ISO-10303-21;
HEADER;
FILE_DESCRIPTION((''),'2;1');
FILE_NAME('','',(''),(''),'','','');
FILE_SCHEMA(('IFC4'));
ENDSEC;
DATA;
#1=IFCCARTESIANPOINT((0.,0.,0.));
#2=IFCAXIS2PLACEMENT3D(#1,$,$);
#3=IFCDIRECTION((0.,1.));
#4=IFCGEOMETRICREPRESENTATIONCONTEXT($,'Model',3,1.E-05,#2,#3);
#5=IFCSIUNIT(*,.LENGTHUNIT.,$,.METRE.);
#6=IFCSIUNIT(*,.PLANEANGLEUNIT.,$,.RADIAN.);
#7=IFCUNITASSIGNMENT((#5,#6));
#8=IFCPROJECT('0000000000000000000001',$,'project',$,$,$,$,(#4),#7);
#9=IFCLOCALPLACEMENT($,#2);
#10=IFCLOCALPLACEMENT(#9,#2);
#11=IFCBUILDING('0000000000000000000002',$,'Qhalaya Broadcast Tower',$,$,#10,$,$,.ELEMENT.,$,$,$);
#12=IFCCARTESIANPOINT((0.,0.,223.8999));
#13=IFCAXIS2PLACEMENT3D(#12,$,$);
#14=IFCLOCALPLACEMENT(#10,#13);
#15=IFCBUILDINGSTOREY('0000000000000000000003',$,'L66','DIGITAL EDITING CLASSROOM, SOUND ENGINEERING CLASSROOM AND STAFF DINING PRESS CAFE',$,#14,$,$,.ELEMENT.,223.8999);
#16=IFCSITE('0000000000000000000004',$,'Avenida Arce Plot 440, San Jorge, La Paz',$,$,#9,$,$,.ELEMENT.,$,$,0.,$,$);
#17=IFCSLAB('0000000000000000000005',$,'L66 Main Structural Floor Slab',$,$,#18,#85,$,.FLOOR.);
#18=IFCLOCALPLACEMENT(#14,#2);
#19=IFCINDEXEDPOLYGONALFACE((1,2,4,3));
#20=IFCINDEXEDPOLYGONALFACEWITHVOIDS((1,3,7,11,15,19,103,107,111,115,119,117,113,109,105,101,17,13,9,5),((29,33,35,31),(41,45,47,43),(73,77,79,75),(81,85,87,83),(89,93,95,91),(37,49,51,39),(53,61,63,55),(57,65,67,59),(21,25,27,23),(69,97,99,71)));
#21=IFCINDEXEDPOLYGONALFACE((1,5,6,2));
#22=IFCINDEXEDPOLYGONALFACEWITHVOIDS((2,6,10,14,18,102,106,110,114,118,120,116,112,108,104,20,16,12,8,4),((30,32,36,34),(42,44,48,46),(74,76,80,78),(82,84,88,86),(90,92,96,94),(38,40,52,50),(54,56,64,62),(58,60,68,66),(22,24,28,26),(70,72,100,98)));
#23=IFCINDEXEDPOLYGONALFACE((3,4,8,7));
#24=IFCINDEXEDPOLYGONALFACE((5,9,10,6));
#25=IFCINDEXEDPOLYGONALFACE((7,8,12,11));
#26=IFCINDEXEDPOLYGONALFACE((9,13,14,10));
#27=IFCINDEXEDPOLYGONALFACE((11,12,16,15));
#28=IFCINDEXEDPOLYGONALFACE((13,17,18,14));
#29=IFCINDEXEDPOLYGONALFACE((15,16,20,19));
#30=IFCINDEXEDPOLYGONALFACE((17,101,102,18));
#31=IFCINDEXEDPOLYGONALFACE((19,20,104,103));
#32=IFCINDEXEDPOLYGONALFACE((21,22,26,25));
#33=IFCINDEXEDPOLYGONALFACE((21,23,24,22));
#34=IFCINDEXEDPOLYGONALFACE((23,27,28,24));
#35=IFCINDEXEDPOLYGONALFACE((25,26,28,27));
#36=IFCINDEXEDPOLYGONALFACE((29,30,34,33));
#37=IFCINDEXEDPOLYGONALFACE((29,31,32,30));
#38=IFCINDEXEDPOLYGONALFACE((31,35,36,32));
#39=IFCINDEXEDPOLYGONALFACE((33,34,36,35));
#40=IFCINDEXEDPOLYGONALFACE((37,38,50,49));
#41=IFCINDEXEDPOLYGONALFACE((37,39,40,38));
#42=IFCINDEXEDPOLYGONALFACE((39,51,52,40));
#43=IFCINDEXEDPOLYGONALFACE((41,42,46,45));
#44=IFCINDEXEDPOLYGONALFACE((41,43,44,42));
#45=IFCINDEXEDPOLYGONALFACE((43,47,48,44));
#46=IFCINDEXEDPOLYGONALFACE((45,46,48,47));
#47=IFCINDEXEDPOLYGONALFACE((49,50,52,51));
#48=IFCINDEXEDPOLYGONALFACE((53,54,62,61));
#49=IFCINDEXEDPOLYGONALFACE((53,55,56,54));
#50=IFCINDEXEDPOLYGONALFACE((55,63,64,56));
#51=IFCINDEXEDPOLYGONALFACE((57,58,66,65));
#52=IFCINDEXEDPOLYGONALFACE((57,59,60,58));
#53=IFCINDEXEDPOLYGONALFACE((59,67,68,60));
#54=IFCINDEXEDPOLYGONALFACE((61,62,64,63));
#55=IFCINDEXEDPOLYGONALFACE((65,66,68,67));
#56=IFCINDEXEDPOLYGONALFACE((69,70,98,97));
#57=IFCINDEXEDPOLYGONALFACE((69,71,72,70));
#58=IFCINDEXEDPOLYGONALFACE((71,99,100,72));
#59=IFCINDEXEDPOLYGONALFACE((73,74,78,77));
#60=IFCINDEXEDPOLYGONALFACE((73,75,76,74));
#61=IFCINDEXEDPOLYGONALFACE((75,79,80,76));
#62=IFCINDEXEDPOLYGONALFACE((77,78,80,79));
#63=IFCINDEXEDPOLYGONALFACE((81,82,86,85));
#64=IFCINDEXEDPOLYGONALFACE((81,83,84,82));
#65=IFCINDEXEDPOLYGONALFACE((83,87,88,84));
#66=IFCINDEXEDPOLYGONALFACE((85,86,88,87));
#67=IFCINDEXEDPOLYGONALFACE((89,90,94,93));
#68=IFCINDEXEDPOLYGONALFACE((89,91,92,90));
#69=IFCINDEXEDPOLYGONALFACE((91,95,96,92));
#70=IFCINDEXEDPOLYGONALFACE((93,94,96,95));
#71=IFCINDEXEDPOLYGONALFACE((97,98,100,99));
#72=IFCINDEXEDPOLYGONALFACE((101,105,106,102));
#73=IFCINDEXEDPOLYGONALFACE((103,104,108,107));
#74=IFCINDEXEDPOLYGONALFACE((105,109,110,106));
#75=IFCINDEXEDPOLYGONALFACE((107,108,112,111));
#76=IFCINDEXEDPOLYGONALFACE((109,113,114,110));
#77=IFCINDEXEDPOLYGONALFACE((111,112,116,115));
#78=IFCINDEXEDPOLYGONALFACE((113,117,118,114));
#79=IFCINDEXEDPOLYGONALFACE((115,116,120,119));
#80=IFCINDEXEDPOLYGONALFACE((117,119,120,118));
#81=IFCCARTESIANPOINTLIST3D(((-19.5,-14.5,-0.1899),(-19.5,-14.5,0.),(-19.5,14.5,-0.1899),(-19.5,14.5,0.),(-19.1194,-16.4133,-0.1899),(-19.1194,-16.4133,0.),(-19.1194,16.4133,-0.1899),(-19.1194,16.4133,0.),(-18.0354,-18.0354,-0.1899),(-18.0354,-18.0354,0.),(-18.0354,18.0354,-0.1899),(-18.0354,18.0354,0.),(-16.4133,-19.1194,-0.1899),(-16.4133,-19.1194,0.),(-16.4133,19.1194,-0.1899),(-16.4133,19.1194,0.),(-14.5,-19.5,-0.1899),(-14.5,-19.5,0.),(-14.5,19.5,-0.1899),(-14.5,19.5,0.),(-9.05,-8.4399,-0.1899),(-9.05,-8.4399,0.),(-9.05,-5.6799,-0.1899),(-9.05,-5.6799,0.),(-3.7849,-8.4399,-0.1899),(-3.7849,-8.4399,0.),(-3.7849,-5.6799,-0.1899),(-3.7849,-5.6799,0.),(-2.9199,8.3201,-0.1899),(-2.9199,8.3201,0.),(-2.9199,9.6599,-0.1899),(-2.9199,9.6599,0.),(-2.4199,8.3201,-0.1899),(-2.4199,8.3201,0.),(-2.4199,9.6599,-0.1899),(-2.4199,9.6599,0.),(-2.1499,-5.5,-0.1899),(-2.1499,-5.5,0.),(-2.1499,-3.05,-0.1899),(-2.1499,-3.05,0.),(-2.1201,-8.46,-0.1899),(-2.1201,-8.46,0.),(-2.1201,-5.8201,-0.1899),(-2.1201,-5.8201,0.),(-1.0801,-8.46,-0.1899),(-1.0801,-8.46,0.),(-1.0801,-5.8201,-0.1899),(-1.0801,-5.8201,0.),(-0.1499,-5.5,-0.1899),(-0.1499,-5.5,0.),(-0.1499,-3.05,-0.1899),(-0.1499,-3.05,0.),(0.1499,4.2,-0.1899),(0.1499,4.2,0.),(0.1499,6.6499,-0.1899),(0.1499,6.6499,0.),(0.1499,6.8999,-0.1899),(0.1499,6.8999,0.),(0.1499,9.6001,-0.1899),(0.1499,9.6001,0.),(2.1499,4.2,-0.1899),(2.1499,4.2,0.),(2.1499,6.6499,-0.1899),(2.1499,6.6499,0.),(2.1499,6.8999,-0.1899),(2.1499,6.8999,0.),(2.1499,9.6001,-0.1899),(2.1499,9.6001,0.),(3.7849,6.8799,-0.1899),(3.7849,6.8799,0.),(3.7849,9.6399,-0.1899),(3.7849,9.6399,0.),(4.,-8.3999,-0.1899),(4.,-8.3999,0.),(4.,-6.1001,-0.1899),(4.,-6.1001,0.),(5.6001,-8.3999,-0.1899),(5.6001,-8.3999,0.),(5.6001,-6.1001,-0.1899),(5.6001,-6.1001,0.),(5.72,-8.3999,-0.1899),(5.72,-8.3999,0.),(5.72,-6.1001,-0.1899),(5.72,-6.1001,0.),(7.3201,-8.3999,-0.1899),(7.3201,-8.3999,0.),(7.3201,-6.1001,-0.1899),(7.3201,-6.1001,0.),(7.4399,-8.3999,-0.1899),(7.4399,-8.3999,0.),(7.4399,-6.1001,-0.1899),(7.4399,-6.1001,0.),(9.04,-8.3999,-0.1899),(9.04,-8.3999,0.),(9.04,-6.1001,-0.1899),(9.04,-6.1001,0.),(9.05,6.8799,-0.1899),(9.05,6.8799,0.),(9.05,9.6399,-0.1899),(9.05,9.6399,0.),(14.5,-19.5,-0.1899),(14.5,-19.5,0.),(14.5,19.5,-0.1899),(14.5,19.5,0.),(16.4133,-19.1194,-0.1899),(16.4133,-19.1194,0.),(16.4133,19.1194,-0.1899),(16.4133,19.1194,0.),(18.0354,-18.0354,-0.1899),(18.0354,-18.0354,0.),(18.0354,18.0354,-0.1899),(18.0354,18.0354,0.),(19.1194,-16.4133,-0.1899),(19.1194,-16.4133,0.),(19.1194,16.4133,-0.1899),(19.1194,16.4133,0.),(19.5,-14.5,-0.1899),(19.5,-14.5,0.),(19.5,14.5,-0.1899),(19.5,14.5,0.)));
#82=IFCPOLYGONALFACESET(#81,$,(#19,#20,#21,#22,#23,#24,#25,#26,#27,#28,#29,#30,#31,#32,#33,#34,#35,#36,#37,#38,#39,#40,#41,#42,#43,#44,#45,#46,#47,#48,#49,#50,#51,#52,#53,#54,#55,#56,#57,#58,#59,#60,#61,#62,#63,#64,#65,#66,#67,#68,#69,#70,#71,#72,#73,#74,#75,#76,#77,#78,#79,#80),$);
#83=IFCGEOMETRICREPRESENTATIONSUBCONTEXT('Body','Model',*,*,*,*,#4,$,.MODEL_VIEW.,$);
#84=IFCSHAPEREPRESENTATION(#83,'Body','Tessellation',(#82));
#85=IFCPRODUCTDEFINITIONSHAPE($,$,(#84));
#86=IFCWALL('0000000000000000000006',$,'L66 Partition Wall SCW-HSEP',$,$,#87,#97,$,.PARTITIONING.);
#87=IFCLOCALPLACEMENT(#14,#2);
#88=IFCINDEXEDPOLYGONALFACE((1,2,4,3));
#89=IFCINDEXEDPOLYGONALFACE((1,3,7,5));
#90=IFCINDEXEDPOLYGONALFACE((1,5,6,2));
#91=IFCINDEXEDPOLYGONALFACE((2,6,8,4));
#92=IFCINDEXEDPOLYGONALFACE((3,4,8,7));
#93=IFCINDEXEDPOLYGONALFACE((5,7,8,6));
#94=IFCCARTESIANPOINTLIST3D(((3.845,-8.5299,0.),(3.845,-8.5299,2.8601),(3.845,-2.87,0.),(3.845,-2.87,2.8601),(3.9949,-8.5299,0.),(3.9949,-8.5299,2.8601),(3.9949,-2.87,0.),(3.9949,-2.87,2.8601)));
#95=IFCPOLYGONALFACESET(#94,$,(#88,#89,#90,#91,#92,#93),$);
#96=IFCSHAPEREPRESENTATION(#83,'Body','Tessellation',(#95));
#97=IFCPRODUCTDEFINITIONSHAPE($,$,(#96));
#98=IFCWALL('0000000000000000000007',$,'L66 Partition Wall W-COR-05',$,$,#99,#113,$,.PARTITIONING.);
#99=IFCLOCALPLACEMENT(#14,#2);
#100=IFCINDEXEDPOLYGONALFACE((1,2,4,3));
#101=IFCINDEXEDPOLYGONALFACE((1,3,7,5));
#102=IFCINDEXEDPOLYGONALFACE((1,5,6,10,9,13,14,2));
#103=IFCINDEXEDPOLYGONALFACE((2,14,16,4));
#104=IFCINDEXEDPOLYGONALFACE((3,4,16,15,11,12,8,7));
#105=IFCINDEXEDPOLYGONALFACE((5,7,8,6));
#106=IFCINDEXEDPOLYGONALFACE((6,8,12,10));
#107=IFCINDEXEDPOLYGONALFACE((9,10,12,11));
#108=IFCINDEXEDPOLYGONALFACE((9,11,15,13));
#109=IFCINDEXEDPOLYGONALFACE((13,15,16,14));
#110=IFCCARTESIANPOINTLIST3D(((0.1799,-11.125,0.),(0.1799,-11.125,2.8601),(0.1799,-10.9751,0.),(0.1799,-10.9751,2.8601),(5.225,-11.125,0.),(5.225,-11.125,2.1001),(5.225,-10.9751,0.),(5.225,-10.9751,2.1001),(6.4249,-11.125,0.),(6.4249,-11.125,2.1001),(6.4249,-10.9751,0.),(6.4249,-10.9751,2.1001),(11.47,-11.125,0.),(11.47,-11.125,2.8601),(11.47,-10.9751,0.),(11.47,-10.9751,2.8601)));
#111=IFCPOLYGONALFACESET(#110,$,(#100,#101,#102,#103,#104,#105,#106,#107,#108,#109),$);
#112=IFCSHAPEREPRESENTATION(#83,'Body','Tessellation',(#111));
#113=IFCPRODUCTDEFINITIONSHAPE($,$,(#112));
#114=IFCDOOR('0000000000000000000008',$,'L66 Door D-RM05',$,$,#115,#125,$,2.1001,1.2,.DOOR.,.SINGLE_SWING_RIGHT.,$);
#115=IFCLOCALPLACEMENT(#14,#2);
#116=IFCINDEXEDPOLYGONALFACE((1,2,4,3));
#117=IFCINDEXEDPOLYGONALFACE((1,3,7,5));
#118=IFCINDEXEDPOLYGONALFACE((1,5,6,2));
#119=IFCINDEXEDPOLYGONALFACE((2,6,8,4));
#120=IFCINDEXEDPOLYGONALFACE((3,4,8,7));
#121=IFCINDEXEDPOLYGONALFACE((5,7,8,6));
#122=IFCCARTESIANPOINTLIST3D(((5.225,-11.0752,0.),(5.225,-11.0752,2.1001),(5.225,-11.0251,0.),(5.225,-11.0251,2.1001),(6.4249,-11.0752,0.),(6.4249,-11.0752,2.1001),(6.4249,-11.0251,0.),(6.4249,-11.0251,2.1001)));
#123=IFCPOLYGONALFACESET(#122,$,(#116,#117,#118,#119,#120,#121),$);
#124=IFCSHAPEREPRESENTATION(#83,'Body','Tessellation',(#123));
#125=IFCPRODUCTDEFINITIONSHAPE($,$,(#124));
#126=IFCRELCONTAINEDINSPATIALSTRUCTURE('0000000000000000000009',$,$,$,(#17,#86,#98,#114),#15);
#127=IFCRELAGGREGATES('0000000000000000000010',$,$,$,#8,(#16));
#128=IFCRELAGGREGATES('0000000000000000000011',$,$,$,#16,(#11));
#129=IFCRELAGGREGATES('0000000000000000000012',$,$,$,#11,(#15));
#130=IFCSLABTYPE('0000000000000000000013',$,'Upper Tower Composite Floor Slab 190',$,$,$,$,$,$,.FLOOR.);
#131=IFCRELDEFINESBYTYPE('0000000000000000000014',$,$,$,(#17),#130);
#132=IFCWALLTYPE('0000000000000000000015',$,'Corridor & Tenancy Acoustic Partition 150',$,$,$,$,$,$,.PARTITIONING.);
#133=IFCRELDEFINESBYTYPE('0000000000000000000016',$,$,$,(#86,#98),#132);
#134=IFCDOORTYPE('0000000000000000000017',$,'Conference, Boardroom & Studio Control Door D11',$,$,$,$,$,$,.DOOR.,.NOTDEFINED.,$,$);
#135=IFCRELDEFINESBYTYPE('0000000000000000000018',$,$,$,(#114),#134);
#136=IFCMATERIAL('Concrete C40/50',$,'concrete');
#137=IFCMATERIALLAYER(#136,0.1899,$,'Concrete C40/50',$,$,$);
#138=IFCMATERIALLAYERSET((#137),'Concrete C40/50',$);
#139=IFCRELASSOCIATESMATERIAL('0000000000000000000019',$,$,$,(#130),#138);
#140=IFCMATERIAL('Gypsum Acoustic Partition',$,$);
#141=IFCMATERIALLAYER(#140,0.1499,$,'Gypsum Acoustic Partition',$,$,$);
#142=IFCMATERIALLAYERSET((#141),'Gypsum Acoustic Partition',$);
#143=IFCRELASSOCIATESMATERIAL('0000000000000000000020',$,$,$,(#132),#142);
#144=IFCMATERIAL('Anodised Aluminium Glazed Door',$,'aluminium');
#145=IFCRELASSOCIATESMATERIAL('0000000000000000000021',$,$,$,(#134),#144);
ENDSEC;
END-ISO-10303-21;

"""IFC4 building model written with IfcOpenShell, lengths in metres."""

from ifc_helpers import new_model, si_unit, direction, frame, frame_2d, origin, place, context, subcontext, project, spatial, polyline, rectangle, outline, extrude, material, layer, layer_set, type_object, element, fill, save


model = new_model("IFC4")

# Units and contexts
model_context = context("Model", 3, precision=1e-05, world=origin(), true_north=direction((0.0, 1.0)))
body_context = subcontext(model_context, "Body", "Model", "MODEL_VIEW")
ifc_project = project(units=[si_unit("LENGTHUNIT", "METRE"), si_unit("PLANEANGLEUNIT", "RADIAN")], contexts=[model_context])

# Site, building, storey
site_placement = place(None, origin())
site = spatial("IfcSite", under=ifc_project, at=site_placement, Name="Avenida Arce Plot 440, San Jorge, La Paz", CompositionType="ELEMENT", RefElevation=0.0)
building_placement = place(site_placement, origin())
building = spatial("IfcBuilding", under=site, at=building_placement, Name="Qhalaya Broadcast Tower", CompositionType="ELEMENT")
storey_placement = place(building_placement, frame((0.0, 0.0, 223.8999)))
storey = spatial("IfcBuildingStorey", under=building, at=storey_placement, Name="L66", Description="DIGITAL EDITING CLASSROOM, SOUND ENGINEERING CLASSROOM AND STAFF DINING PRESS CAFE", CompositionType="ELEMENT", Elevation=223.8999)

# Shared definitions
ifc_material_1 = material(Name="Concrete C40/50", Category="concrete")

# Slab
ifc_layer_1 = layer(ifc_material_1, 0.1899, Name="Concrete C40/50")
ifc_layer_set_1 = layer_set([ifc_layer_1], Name="Concrete C40/50")
slab_type_1 = type_object("IfcSlabType", Name="Upper Tower Composite Floor Slab 190", PredefinedType="FLOOR", material=ifc_layer_set_1)
slab_1_placement = place(storey_placement, frame((0.0, 0.0, -0.1899)))
element("IfcSlab", 1, at=slab_1_placement, inside=storey, type_object=slab_type_1, Name="L66 Main Structural Floor Slab", PredefinedType="FLOOR", context=body_context, shape_type="SweptSolid", body=[
    extrude(outline(polyline([(14.5, -19.5), (16.4133, -19.1194), (18.0354, -18.0354), (19.1194, -16.4133), (19.5, -14.5), (19.5, 14.5), (19.1194, 16.4133), (18.0354, 18.0354), (16.4133, 19.1194), (14.5, 19.5), (-14.5, 19.5), (-16.4133, 19.1194), (-18.0354, 18.0354), (-19.1194, 16.4133), (-19.5, 14.5), (-19.5, -14.5), (-19.1194, -16.4133), (-18.0354, -18.0354), (-16.4133, -19.1194), (-14.5, -19.5), (14.5, -19.5)]), holes=[polyline([(3.7849, 9.6399), (9.05, 9.6399), (9.05, 6.8799), (3.7849, 6.8799), (3.7849, 9.6399)]), polyline([(-3.7849, -8.4399), (-9.05, -8.4399), (-9.05, -5.6799), (-3.7849, -5.6799), (-3.7849, -8.4399)]), polyline([(0.1499, 6.6499), (2.1499, 6.6499), (2.1499, 4.2), (0.1499, 4.2), (0.1499, 6.6499)]), polyline([(0.1499, 9.6001), (2.1499, 9.6001), (2.1499, 6.8999), (0.1499, 6.8999), (0.1499, 9.6001)]), polyline([(-2.1499, -3.05), (-0.1499, -3.05), (-0.1499, -5.5), (-2.1499, -5.5), (-2.1499, -3.05)]), polyline([(4.0, -6.1001), (5.6001, -6.1001), (5.6001, -8.3999), (4.0, -8.3999), (4.0, -6.1001)]), polyline([(5.72, -6.1001), (7.3201, -6.1001), (7.3201, -8.3999), (5.72, -8.3999), (5.72, -6.1001)]), polyline([(7.4399, -6.1001), (9.04, -6.1001), (9.04, -8.3999), (7.4399, -8.3999), (7.4399, -6.1001)]), polyline([(-2.9199, 9.6599), (-2.4199, 9.6599), (-2.4199, 8.3201), (-2.9199, 8.3201), (-2.9199, 9.6599)]), polyline([(-2.1201, -5.8201), (-1.0801, -5.8201), (-1.0801, -8.46), (-2.1201, -8.46), (-2.1201, -5.8201)])]), origin(), (0.0, 0.0, 1.0), 0.1899),
])

# Wall
ifc_material_2 = material(Name="Gypsum Acoustic Partition")
ifc_layer_2 = layer(ifc_material_2, 0.1499, Name="Gypsum Acoustic Partition")
ifc_layer_set_2 = layer_set([ifc_layer_2], Name="Gypsum Acoustic Partition")
wall_type_1 = type_object("IfcWallType", Name="Corridor & Tenancy Acoustic Partition 150", PredefinedType="PARTITIONING", material=ifc_layer_set_2)
wall_1_placement = place(storey_placement, frame((3.9199, -8.53, 0.0), z_axis=(0.0, 0.0, 1.0), x_axis=(0.0, 1.0, 0.0)))
element("IfcWall", 2, at=wall_1_placement, inside=storey, type_object=wall_type_1, Name="L66 Partition Wall SCW-HSEP", PredefinedType="PARTITIONING", context=body_context, shape_type="SweptSolid", body=[
    extrude(rectangle(XDim=5.6599, YDim=0.1499, at=frame_2d((2.8301, 0.0))), origin(), (0.0, 0.0, 1.0), 2.8601),
])

# Wall, opening, door
wall_2_placement = place(storey_placement, frame((0.1799, -11.05, 0.0), z_axis=(0.0, 0.0, 1.0), x_axis=(1.0, 0.0, 0.0)))
wall_2 = element("IfcWall", 3, at=wall_2_placement, inside=storey, type_object=wall_type_1, Name="L66 Partition Wall W-COR-05", PredefinedType="PARTITIONING", context=body_context, shape_type="SweptSolid", body=[
    extrude(rectangle(XDim=11.29, YDim=0.1499, at=frame_2d((5.645, 0.0))), origin(), (0.0, 0.0, 1.0), 2.8601),
])
opening_1_placement = place(wall_2_placement, frame((5.0449, 0.0, 0.0)))
opening_1 = element("IfcOpeningElement", 4, at=opening_1_placement, cuts=wall_2, PredefinedType="OPENING", context=body_context, shape_type="SweptSolid", body=[
    extrude(rectangle(XDim=1.2, YDim=2.1001, at=frame_2d((0.6001, 1.05))), frame((0.0, 0.0869, 0.0), z_axis=(0.0, -1.0, 0.0), x_axis=(1.0, 0.0, 0.0)), (0.0, 0.0, 1.0), 0.1738),
])
ifc_material_3 = material(Name="Anodised Aluminium Glazed Door", Category="aluminium")
door_type_1 = type_object("IfcDoorType", Name="Conference, Boardroom & Studio Control Door D11", OperationType="NOTDEFINED", PredefinedType="DOOR", material=ifc_material_3)
door_1_placement = place(opening_1_placement, origin())
door_1 = element("IfcDoor", 5, at=door_1_placement, inside=storey, type_object=door_type_1, Name="L66 Door D-RM05", OperationType="SINGLE_SWING_RIGHT", OverallHeight=2.1001, OverallWidth=1.2, PredefinedType="DOOR", context=body_context, shape_type="SweptSolid", body=[
    extrude(rectangle(XDim=1.2, YDim=2.1001, at=frame_2d((0.6001, 1.05))), frame((0.0, 0.0249, 0.0), z_axis=(0.0, -1.0, 0.0), x_axis=(1.0, 0.0, 0.0)), (0.0, 0.0, 1.0), 0.05),
])
fill(opening_1, door_1)

save(model, "model.ifc")
